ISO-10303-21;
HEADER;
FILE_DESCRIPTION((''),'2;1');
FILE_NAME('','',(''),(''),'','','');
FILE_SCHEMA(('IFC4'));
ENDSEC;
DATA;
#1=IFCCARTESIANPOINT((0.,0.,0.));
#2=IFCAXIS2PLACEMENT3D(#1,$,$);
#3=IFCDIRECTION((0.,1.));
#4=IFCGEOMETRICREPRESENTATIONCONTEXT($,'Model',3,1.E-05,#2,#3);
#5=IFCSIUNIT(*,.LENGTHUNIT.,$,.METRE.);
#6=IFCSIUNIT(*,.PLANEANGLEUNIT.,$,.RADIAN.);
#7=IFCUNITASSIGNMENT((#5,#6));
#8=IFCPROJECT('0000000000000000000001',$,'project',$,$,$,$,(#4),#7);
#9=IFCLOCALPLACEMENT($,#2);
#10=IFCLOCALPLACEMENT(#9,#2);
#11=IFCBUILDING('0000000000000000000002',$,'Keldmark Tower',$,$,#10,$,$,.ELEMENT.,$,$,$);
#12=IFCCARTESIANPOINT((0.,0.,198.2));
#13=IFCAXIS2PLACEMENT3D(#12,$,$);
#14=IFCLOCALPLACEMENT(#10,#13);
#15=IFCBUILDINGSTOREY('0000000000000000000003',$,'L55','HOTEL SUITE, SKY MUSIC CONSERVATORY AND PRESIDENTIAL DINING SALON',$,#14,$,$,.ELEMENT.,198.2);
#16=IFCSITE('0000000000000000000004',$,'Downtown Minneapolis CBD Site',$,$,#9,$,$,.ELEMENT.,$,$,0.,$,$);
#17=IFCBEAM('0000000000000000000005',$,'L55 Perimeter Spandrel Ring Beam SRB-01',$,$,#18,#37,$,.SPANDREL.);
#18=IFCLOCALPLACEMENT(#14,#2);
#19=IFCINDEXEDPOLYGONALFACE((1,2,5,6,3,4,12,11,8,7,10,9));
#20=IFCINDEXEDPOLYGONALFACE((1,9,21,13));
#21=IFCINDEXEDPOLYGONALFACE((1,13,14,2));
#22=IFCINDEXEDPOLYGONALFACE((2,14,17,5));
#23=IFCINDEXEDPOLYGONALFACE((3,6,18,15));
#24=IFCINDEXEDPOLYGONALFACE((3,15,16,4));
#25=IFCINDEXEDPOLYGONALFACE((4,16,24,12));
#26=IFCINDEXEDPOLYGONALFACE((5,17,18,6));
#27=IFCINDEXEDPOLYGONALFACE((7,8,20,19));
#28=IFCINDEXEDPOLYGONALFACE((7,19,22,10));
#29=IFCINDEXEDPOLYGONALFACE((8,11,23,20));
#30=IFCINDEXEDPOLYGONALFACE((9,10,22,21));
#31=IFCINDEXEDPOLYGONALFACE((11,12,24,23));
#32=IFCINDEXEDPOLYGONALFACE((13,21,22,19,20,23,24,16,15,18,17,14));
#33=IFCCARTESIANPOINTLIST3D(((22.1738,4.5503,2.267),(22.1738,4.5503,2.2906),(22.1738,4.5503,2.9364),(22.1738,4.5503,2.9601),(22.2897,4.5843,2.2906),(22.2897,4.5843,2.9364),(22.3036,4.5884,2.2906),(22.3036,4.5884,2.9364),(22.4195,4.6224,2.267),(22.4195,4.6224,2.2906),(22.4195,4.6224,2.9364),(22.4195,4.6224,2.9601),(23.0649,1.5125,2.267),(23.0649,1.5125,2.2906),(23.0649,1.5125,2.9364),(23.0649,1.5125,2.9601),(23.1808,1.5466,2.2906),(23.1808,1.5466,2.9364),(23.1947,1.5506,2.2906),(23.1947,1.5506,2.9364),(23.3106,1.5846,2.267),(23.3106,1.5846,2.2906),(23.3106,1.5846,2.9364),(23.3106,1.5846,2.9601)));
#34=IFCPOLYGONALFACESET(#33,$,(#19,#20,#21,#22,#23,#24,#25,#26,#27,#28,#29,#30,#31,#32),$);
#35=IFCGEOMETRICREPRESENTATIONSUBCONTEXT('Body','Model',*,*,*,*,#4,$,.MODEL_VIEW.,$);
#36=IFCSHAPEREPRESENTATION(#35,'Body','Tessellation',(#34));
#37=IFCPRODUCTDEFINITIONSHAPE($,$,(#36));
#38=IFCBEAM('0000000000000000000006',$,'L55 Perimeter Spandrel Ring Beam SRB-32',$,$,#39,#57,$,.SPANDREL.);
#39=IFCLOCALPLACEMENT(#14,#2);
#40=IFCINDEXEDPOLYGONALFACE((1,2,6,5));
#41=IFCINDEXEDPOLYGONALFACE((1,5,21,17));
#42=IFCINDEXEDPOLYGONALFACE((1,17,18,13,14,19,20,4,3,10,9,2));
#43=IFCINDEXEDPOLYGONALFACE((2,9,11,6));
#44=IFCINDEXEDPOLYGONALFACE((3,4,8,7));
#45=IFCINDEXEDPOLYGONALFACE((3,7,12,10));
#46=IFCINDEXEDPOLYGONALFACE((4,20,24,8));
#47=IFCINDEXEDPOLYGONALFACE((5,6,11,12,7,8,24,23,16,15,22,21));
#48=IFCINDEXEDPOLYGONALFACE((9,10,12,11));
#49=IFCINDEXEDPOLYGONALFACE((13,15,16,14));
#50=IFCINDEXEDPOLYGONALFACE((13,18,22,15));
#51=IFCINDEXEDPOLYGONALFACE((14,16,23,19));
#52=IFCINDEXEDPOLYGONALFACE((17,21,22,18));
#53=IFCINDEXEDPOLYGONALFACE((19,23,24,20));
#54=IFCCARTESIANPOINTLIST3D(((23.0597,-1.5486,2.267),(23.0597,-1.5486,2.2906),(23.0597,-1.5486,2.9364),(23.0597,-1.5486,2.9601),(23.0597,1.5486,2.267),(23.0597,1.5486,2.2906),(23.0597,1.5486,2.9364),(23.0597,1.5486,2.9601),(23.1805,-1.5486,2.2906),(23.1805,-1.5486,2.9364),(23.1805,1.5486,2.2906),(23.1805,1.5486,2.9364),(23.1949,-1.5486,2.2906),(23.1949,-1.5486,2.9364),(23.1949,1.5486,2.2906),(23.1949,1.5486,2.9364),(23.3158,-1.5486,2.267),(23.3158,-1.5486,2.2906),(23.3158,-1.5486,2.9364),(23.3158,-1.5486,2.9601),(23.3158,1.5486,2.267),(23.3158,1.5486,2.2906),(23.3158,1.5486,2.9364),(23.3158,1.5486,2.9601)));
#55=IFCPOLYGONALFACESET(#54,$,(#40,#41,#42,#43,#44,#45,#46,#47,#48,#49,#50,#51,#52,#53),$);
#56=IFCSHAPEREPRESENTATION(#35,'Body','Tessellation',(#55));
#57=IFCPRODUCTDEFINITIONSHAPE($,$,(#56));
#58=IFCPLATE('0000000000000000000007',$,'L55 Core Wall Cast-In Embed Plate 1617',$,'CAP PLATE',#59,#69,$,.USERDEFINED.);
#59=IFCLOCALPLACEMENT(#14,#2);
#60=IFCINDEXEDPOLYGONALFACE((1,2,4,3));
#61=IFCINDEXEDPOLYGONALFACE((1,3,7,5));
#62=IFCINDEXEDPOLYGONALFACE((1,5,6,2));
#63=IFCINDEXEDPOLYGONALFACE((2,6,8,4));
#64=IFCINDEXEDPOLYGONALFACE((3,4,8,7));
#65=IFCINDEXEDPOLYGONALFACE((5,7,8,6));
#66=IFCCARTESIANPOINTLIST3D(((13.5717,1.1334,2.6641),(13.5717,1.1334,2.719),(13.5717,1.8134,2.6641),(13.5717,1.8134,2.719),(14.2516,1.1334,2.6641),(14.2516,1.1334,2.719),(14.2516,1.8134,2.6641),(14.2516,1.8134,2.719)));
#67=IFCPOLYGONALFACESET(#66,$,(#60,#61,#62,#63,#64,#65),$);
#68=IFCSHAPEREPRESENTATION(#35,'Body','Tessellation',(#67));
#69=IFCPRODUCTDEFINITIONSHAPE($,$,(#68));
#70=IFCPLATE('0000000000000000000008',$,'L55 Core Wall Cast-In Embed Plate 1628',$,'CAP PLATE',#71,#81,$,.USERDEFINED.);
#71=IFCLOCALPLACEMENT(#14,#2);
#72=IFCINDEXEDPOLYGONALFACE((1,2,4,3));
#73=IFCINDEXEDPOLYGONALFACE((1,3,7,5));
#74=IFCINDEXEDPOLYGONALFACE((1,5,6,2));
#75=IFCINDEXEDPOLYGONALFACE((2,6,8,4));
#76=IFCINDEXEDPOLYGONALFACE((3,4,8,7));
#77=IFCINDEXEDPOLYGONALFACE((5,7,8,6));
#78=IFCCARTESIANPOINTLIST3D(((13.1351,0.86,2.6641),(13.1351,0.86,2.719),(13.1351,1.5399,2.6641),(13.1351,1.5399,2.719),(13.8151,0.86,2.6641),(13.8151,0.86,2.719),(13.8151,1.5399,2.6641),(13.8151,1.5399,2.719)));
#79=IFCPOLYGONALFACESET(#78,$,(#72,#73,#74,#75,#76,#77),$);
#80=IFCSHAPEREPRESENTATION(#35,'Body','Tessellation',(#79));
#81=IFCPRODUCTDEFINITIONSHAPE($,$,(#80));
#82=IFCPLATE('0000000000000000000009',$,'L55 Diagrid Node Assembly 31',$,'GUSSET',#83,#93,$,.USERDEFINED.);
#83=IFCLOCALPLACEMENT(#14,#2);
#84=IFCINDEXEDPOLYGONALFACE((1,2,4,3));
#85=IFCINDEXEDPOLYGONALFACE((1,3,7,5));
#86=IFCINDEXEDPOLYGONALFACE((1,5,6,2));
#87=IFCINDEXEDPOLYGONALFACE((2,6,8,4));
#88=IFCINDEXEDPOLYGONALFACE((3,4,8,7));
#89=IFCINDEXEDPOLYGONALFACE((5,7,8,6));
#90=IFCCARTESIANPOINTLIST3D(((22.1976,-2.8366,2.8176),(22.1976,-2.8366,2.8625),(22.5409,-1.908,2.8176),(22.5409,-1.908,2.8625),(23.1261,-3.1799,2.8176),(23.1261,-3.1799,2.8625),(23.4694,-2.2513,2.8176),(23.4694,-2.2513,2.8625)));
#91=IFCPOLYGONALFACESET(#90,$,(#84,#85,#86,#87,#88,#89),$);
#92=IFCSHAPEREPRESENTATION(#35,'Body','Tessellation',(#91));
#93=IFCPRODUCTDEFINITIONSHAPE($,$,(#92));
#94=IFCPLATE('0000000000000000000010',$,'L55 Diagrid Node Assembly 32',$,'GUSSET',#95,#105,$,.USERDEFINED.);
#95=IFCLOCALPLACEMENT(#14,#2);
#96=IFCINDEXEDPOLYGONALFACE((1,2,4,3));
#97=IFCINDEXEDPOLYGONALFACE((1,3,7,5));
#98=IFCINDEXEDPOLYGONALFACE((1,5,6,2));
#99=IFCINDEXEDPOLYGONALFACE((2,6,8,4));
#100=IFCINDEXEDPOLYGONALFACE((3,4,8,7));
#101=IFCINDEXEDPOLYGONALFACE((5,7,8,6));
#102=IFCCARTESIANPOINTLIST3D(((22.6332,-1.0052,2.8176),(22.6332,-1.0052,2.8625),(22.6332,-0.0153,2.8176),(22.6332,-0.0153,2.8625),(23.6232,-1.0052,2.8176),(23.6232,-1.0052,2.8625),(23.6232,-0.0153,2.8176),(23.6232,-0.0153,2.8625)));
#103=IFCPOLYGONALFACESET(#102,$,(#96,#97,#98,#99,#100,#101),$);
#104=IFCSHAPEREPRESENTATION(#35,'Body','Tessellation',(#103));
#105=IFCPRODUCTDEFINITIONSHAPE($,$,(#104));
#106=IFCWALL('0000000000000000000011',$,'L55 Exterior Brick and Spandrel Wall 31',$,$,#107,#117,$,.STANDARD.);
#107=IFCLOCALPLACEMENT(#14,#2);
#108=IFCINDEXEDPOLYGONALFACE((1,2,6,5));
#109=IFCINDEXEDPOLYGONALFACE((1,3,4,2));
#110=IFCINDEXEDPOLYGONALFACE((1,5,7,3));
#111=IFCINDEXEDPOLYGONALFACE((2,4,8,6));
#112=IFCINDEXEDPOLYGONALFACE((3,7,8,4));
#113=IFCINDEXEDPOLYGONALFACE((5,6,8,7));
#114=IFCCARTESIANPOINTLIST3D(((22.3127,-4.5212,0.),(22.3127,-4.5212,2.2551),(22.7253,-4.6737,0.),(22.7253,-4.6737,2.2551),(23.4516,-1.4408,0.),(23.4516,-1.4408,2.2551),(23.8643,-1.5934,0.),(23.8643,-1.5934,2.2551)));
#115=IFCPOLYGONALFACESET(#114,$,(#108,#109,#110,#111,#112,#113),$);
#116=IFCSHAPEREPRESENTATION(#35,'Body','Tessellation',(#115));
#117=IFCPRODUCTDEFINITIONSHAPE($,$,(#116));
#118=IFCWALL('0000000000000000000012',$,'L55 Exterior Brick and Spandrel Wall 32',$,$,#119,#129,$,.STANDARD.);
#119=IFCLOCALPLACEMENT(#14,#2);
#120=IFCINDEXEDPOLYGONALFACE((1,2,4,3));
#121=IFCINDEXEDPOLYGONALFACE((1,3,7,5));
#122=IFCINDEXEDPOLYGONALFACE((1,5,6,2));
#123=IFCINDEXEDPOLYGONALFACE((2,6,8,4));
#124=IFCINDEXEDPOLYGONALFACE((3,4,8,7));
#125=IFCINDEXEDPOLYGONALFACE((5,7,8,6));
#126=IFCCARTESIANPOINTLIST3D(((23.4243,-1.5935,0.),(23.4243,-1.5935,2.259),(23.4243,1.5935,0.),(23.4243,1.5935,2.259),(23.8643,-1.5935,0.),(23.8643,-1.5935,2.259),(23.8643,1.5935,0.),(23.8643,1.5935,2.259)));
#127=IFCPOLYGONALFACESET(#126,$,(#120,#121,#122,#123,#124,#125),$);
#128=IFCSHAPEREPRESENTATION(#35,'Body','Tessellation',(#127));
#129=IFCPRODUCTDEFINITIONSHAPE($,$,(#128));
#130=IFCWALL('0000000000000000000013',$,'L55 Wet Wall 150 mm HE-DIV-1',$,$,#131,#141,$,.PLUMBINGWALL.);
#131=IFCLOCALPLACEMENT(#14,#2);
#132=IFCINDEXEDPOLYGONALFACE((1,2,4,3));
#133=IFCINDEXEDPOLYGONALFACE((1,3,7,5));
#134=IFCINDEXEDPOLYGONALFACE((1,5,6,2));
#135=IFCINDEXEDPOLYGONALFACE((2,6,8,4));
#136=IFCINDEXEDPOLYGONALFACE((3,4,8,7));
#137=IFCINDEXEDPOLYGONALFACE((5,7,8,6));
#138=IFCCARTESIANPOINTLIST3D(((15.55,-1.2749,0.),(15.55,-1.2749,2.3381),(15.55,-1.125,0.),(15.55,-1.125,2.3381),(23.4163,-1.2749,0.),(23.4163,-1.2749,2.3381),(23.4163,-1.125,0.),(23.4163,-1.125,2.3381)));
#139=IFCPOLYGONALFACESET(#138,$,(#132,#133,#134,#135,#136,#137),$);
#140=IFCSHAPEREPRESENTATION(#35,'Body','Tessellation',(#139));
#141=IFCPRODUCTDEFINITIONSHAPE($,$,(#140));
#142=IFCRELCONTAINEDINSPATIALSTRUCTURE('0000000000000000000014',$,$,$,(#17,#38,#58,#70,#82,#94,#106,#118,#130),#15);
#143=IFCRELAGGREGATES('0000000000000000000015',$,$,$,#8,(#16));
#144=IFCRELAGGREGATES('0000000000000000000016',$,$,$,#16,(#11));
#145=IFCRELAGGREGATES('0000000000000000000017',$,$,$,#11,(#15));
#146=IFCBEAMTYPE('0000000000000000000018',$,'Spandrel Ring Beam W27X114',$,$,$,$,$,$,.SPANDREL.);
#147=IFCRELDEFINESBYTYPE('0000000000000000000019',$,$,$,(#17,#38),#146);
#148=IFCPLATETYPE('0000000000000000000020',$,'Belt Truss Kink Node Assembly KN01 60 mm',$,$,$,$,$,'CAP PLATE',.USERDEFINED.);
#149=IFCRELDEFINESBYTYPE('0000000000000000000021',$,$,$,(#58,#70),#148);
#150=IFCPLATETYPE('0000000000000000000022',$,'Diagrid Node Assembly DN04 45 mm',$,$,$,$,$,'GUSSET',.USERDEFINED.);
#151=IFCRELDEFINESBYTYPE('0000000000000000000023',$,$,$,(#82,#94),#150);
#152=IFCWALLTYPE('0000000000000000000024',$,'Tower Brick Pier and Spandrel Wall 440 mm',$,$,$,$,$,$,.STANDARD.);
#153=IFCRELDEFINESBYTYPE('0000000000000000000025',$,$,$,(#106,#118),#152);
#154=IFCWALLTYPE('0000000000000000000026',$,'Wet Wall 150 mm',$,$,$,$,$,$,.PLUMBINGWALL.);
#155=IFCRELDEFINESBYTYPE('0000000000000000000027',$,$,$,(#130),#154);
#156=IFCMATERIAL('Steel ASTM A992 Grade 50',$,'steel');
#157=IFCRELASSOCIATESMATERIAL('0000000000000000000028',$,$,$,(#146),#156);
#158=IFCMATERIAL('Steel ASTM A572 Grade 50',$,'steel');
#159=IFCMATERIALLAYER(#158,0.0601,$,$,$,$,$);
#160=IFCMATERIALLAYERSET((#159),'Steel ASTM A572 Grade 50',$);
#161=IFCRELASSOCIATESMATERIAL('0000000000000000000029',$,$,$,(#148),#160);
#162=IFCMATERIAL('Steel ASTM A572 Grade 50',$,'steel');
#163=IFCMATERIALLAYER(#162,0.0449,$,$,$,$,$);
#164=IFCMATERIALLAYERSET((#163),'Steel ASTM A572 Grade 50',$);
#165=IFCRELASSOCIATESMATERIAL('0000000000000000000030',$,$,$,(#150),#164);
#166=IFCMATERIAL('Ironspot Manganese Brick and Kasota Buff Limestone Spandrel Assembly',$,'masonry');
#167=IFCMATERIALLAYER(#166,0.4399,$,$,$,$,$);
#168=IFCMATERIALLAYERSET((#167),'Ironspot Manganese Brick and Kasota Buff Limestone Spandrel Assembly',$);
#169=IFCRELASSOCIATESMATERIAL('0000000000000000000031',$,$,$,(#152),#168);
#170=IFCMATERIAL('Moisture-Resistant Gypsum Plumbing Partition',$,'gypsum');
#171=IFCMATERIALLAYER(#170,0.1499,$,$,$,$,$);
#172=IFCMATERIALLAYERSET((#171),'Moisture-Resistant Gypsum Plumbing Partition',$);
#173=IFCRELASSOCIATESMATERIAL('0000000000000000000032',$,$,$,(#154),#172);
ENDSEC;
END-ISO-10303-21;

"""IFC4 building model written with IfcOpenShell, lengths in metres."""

from ifc_helpers import new_model, si_unit, direction, frame, frame_2d, origin, origin_2d, place, context, subcontext, project, spatial, rectangle, i_section, extrude, material, layer, layer_set, material_profile, profile_set, type_object, element, save


model = new_model("IFC4")

# Units and contexts
model_context = context("Model", 3, precision=1e-05, world=origin(), true_north=direction((0.0, 1.0)))
body_context = subcontext(model_context, "Body", "Model", "MODEL_VIEW")
ifc_project = project(units=[si_unit("LENGTHUNIT", "METRE"), si_unit("PLANEANGLEUNIT", "RADIAN")], contexts=[model_context])

# Site, building, storey
site_placement = place(None, origin())
site = spatial("IfcSite", under=ifc_project, at=site_placement, Name="Downtown Minneapolis CBD Site", CompositionType="ELEMENT", RefElevation=0.0)
building_placement = place(site_placement, origin())
building = spatial("IfcBuilding", under=site, at=building_placement, Name="Keldmark Tower", CompositionType="ELEMENT")
storey_placement = place(building_placement, frame((0.0, 0.0, 198.2)))
storey = spatial("IfcBuildingStorey", under=building, at=storey_placement, Name="L55", Description="HOTEL SUITE, SKY MUSIC CONSERVATORY AND PRESIDENTIAL DINING SALON", CompositionType="ELEMENT", Elevation=198.2)

# Beams
ifc_material_1 = material(Name="Steel ASTM A992 Grade 50", Category="steel")
ifc_material_profile_1 = material_profile(ifc_material_1, i_section(OverallWidth=0.2561, OverallDepth=0.6931, WebThickness=0.0144, FlangeThickness=0.0237, at=origin_2d()), Name="W27X114")
ifc_profile_set_1 = profile_set([ifc_material_profile_1], Name="Steel ASTM A992 Grade 50")
beam_type_1 = type_object("IfcBeamType", Name="Spandrel Ring Beam W27X114", PredefinedType="SPANDREL", material=ifc_profile_set_1)
beam_1_placement = place(storey_placement, frame((23.1877, 1.5486, 2.6135), z_axis=(-0.281477, 0.959568, 0.0), x_axis=(-0.959568, -0.281477, 0.0)))
element("IfcBeam", 1, at=beam_1_placement, inside=storey, type_object=beam_type_1, Name="L55 Perimeter Spandrel Ring Beam SRB-01", PredefinedType="SPANDREL", context=body_context, shape_type="SweptSolid", body=[
    extrude(i_section(OverallWidth=0.2561, OverallDepth=0.6931, WebThickness=0.0144, FlangeThickness=0.0237, at=origin_2d()), origin(), (0.0, 0.0, 1.0), 3.1658),
])
beam_2_placement = place(storey_placement, frame((23.1877, -1.5486, 2.6135), z_axis=(0.0, 1.0, 0.0), x_axis=(-1.0, 0.0, 0.0)))
element("IfcBeam", 2, at=beam_2_placement, inside=storey, type_object=beam_type_1, Name="L55 Perimeter Spandrel Ring Beam SRB-32", PredefinedType="SPANDREL", context=body_context, shape_type="SweptSolid", body=[
    extrude(i_section(OverallWidth=0.2561, OverallDepth=0.6931, WebThickness=0.0144, FlangeThickness=0.0237, at=origin_2d()), origin(), (0.0, 0.0, 1.0), 3.0972),
])

# Plates
ifc_material_2 = material(Name="Steel ASTM A572 Grade 50", Category="steel")
ifc_layer_1 = layer(ifc_material_2, 0.0601)
ifc_layer_set_1 = layer_set([ifc_layer_1], Name="Steel ASTM A572 Grade 50")
plate_type_1 = type_object("IfcPlateType", Name="Belt Truss Kink Node Assembly KN01 60 mm", ElementType="CAP PLATE", PredefinedType="USERDEFINED", material=ifc_layer_set_1)
for number, where, z_axis, x_axis, name in (
    (3, (13.9116, 1.4734, 2.6641), (0.0, 0.0, 1.0), (1.0, 0.0, 0.0), "L55 Core Wall Cast-In Embed Plate 1617"),
    (4, (13.4751, 1.2, 2.6641), (0.0, 0.0, 1.0), (1.0, 0.0, 0.0), "L55 Core Wall Cast-In Embed Plate 1628"),
):
    element("IfcPlate", number, at=place(storey_placement, frame(where, z_axis=z_axis, x_axis=x_axis)), inside=storey, type_object=plate_type_1, Name=name, ObjectType="CAP PLATE", PredefinedType="USERDEFINED", context=body_context, shape_type="SweptSolid", body=[
        extrude(rectangle(XDim=0.6799, YDim=0.6799, at=origin_2d()), origin(), (0.0, 0.0, 1.0), 0.0549),
    ])
ifc_material_3 = material(Name="Steel ASTM A572 Grade 50", Category="steel")
ifc_layer_2 = layer(ifc_material_3, 0.0449)
ifc_layer_set_2 = layer_set([ifc_layer_2], Name="Steel ASTM A572 Grade 50")
plate_type_2 = type_object("IfcPlateType", Name="Diagrid Node Assembly DN04 45 mm", ElementType="GUSSET", PredefinedType="USERDEFINED", material=ifc_layer_set_2)
for number, where, z_axis, x_axis, name in (
    (5, (22.8335, -2.5439, 2.8176), (0.0, 0.0, 1.0), (0.346772, 0.937949, 0.0), "L55 Diagrid Node Assembly 31"),
    (6, (23.1282, -0.5103, 2.8176), (0.0, 0.0, 1.0), (0.0, 1.0, 0.0), "L55 Diagrid Node Assembly 32"),
):
    element("IfcPlate", number, at=place(storey_placement, frame(where, z_axis=z_axis, x_axis=x_axis)), inside=storey, type_object=plate_type_2, Name=name, ObjectType="GUSSET", PredefinedType="USERDEFINED", context=body_context, shape_type="SweptSolid", body=[
        extrude(rectangle(XDim=0.99, YDim=0.99, at=origin_2d()), origin(), (0.0, 0.0, 1.0), 0.0449),
    ])

# Walls
ifc_material_4 = material(Name="Ironspot Manganese Brick and Kasota Buff Limestone Spandrel Assembly", Category="masonry")
ifc_layer_3 = layer(ifc_material_4, 0.4399)
ifc_layer_set_3 = layer_set([ifc_layer_3], Name="Ironspot Manganese Brick and Kasota Buff Limestone Spandrel Assembly")
wall_type_1 = type_object("IfcWallType", Name="Tower Brick Pier and Spandrel Wall 440 mm", PredefinedType="STANDARD", material=ifc_layer_set_3)
wall_1_placement = place(storey_placement, frame((23.658, -1.5171, 0.0), z_axis=(0.0, 0.0, 1.0), x_axis=(-0.346794, -0.937941, 0.0)))
element("IfcWall", 7, at=wall_1_placement, inside=storey, type_object=wall_type_1, Name="L55 Exterior Brick and Spandrel Wall 31", PredefinedType="STANDARD", context=body_context, shape_type="SweptSolid", body=[
    extrude(rectangle(XDim=3.2842, YDim=0.4399, at=frame_2d((1.6421, 0.0))), origin(), (0.0, 0.0, 1.0), 2.2551),
])
wall_2_placement = place(storey_placement, frame((23.6443, 1.5935, 0.0), z_axis=(0.0, 0.0, 1.0), x_axis=(0.0, -1.0, 0.0)))
element("IfcWall", 8, at=wall_2_placement, inside=storey, type_object=wall_type_1, Name="L55 Exterior Brick and Spandrel Wall 32", PredefinedType="STANDARD", context=body_context, shape_type="SweptSolid", body=[
    extrude(rectangle(XDim=3.187, YDim=0.4399, at=frame_2d((1.5935, 0.0))), origin(), (0.0, 0.0, 1.0), 2.259),
])

# Wall
ifc_material_5 = material(Name="Moisture-Resistant Gypsum Plumbing Partition", Category="gypsum")
ifc_layer_4 = layer(ifc_material_5, 0.1499)
ifc_layer_set_4 = layer_set([ifc_layer_4], Name="Moisture-Resistant Gypsum Plumbing Partition")
wall_type_2 = type_object("IfcWallType", Name="Wet Wall 150 mm", PredefinedType="PLUMBINGWALL", material=ifc_layer_set_4)
wall_3_placement = place(storey_placement, frame((15.55, -1.2, 0.0), z_axis=(0.0, 0.0, 1.0), x_axis=(1.0, 0.0, 0.0)))
element("IfcWall", 9, at=wall_3_placement, inside=storey, type_object=wall_type_2, Name="L55 Wet Wall 150 mm HE-DIV-1", PredefinedType="PLUMBINGWALL", context=body_context, shape_type="SweptSolid", body=[
    extrude(rectangle(XDim=7.8662, YDim=0.1499, at=frame_2d((3.9331, 0.0))), origin(), (0.0, 0.0, 1.0), 2.3381),
])

save(model, "model.ifc")
